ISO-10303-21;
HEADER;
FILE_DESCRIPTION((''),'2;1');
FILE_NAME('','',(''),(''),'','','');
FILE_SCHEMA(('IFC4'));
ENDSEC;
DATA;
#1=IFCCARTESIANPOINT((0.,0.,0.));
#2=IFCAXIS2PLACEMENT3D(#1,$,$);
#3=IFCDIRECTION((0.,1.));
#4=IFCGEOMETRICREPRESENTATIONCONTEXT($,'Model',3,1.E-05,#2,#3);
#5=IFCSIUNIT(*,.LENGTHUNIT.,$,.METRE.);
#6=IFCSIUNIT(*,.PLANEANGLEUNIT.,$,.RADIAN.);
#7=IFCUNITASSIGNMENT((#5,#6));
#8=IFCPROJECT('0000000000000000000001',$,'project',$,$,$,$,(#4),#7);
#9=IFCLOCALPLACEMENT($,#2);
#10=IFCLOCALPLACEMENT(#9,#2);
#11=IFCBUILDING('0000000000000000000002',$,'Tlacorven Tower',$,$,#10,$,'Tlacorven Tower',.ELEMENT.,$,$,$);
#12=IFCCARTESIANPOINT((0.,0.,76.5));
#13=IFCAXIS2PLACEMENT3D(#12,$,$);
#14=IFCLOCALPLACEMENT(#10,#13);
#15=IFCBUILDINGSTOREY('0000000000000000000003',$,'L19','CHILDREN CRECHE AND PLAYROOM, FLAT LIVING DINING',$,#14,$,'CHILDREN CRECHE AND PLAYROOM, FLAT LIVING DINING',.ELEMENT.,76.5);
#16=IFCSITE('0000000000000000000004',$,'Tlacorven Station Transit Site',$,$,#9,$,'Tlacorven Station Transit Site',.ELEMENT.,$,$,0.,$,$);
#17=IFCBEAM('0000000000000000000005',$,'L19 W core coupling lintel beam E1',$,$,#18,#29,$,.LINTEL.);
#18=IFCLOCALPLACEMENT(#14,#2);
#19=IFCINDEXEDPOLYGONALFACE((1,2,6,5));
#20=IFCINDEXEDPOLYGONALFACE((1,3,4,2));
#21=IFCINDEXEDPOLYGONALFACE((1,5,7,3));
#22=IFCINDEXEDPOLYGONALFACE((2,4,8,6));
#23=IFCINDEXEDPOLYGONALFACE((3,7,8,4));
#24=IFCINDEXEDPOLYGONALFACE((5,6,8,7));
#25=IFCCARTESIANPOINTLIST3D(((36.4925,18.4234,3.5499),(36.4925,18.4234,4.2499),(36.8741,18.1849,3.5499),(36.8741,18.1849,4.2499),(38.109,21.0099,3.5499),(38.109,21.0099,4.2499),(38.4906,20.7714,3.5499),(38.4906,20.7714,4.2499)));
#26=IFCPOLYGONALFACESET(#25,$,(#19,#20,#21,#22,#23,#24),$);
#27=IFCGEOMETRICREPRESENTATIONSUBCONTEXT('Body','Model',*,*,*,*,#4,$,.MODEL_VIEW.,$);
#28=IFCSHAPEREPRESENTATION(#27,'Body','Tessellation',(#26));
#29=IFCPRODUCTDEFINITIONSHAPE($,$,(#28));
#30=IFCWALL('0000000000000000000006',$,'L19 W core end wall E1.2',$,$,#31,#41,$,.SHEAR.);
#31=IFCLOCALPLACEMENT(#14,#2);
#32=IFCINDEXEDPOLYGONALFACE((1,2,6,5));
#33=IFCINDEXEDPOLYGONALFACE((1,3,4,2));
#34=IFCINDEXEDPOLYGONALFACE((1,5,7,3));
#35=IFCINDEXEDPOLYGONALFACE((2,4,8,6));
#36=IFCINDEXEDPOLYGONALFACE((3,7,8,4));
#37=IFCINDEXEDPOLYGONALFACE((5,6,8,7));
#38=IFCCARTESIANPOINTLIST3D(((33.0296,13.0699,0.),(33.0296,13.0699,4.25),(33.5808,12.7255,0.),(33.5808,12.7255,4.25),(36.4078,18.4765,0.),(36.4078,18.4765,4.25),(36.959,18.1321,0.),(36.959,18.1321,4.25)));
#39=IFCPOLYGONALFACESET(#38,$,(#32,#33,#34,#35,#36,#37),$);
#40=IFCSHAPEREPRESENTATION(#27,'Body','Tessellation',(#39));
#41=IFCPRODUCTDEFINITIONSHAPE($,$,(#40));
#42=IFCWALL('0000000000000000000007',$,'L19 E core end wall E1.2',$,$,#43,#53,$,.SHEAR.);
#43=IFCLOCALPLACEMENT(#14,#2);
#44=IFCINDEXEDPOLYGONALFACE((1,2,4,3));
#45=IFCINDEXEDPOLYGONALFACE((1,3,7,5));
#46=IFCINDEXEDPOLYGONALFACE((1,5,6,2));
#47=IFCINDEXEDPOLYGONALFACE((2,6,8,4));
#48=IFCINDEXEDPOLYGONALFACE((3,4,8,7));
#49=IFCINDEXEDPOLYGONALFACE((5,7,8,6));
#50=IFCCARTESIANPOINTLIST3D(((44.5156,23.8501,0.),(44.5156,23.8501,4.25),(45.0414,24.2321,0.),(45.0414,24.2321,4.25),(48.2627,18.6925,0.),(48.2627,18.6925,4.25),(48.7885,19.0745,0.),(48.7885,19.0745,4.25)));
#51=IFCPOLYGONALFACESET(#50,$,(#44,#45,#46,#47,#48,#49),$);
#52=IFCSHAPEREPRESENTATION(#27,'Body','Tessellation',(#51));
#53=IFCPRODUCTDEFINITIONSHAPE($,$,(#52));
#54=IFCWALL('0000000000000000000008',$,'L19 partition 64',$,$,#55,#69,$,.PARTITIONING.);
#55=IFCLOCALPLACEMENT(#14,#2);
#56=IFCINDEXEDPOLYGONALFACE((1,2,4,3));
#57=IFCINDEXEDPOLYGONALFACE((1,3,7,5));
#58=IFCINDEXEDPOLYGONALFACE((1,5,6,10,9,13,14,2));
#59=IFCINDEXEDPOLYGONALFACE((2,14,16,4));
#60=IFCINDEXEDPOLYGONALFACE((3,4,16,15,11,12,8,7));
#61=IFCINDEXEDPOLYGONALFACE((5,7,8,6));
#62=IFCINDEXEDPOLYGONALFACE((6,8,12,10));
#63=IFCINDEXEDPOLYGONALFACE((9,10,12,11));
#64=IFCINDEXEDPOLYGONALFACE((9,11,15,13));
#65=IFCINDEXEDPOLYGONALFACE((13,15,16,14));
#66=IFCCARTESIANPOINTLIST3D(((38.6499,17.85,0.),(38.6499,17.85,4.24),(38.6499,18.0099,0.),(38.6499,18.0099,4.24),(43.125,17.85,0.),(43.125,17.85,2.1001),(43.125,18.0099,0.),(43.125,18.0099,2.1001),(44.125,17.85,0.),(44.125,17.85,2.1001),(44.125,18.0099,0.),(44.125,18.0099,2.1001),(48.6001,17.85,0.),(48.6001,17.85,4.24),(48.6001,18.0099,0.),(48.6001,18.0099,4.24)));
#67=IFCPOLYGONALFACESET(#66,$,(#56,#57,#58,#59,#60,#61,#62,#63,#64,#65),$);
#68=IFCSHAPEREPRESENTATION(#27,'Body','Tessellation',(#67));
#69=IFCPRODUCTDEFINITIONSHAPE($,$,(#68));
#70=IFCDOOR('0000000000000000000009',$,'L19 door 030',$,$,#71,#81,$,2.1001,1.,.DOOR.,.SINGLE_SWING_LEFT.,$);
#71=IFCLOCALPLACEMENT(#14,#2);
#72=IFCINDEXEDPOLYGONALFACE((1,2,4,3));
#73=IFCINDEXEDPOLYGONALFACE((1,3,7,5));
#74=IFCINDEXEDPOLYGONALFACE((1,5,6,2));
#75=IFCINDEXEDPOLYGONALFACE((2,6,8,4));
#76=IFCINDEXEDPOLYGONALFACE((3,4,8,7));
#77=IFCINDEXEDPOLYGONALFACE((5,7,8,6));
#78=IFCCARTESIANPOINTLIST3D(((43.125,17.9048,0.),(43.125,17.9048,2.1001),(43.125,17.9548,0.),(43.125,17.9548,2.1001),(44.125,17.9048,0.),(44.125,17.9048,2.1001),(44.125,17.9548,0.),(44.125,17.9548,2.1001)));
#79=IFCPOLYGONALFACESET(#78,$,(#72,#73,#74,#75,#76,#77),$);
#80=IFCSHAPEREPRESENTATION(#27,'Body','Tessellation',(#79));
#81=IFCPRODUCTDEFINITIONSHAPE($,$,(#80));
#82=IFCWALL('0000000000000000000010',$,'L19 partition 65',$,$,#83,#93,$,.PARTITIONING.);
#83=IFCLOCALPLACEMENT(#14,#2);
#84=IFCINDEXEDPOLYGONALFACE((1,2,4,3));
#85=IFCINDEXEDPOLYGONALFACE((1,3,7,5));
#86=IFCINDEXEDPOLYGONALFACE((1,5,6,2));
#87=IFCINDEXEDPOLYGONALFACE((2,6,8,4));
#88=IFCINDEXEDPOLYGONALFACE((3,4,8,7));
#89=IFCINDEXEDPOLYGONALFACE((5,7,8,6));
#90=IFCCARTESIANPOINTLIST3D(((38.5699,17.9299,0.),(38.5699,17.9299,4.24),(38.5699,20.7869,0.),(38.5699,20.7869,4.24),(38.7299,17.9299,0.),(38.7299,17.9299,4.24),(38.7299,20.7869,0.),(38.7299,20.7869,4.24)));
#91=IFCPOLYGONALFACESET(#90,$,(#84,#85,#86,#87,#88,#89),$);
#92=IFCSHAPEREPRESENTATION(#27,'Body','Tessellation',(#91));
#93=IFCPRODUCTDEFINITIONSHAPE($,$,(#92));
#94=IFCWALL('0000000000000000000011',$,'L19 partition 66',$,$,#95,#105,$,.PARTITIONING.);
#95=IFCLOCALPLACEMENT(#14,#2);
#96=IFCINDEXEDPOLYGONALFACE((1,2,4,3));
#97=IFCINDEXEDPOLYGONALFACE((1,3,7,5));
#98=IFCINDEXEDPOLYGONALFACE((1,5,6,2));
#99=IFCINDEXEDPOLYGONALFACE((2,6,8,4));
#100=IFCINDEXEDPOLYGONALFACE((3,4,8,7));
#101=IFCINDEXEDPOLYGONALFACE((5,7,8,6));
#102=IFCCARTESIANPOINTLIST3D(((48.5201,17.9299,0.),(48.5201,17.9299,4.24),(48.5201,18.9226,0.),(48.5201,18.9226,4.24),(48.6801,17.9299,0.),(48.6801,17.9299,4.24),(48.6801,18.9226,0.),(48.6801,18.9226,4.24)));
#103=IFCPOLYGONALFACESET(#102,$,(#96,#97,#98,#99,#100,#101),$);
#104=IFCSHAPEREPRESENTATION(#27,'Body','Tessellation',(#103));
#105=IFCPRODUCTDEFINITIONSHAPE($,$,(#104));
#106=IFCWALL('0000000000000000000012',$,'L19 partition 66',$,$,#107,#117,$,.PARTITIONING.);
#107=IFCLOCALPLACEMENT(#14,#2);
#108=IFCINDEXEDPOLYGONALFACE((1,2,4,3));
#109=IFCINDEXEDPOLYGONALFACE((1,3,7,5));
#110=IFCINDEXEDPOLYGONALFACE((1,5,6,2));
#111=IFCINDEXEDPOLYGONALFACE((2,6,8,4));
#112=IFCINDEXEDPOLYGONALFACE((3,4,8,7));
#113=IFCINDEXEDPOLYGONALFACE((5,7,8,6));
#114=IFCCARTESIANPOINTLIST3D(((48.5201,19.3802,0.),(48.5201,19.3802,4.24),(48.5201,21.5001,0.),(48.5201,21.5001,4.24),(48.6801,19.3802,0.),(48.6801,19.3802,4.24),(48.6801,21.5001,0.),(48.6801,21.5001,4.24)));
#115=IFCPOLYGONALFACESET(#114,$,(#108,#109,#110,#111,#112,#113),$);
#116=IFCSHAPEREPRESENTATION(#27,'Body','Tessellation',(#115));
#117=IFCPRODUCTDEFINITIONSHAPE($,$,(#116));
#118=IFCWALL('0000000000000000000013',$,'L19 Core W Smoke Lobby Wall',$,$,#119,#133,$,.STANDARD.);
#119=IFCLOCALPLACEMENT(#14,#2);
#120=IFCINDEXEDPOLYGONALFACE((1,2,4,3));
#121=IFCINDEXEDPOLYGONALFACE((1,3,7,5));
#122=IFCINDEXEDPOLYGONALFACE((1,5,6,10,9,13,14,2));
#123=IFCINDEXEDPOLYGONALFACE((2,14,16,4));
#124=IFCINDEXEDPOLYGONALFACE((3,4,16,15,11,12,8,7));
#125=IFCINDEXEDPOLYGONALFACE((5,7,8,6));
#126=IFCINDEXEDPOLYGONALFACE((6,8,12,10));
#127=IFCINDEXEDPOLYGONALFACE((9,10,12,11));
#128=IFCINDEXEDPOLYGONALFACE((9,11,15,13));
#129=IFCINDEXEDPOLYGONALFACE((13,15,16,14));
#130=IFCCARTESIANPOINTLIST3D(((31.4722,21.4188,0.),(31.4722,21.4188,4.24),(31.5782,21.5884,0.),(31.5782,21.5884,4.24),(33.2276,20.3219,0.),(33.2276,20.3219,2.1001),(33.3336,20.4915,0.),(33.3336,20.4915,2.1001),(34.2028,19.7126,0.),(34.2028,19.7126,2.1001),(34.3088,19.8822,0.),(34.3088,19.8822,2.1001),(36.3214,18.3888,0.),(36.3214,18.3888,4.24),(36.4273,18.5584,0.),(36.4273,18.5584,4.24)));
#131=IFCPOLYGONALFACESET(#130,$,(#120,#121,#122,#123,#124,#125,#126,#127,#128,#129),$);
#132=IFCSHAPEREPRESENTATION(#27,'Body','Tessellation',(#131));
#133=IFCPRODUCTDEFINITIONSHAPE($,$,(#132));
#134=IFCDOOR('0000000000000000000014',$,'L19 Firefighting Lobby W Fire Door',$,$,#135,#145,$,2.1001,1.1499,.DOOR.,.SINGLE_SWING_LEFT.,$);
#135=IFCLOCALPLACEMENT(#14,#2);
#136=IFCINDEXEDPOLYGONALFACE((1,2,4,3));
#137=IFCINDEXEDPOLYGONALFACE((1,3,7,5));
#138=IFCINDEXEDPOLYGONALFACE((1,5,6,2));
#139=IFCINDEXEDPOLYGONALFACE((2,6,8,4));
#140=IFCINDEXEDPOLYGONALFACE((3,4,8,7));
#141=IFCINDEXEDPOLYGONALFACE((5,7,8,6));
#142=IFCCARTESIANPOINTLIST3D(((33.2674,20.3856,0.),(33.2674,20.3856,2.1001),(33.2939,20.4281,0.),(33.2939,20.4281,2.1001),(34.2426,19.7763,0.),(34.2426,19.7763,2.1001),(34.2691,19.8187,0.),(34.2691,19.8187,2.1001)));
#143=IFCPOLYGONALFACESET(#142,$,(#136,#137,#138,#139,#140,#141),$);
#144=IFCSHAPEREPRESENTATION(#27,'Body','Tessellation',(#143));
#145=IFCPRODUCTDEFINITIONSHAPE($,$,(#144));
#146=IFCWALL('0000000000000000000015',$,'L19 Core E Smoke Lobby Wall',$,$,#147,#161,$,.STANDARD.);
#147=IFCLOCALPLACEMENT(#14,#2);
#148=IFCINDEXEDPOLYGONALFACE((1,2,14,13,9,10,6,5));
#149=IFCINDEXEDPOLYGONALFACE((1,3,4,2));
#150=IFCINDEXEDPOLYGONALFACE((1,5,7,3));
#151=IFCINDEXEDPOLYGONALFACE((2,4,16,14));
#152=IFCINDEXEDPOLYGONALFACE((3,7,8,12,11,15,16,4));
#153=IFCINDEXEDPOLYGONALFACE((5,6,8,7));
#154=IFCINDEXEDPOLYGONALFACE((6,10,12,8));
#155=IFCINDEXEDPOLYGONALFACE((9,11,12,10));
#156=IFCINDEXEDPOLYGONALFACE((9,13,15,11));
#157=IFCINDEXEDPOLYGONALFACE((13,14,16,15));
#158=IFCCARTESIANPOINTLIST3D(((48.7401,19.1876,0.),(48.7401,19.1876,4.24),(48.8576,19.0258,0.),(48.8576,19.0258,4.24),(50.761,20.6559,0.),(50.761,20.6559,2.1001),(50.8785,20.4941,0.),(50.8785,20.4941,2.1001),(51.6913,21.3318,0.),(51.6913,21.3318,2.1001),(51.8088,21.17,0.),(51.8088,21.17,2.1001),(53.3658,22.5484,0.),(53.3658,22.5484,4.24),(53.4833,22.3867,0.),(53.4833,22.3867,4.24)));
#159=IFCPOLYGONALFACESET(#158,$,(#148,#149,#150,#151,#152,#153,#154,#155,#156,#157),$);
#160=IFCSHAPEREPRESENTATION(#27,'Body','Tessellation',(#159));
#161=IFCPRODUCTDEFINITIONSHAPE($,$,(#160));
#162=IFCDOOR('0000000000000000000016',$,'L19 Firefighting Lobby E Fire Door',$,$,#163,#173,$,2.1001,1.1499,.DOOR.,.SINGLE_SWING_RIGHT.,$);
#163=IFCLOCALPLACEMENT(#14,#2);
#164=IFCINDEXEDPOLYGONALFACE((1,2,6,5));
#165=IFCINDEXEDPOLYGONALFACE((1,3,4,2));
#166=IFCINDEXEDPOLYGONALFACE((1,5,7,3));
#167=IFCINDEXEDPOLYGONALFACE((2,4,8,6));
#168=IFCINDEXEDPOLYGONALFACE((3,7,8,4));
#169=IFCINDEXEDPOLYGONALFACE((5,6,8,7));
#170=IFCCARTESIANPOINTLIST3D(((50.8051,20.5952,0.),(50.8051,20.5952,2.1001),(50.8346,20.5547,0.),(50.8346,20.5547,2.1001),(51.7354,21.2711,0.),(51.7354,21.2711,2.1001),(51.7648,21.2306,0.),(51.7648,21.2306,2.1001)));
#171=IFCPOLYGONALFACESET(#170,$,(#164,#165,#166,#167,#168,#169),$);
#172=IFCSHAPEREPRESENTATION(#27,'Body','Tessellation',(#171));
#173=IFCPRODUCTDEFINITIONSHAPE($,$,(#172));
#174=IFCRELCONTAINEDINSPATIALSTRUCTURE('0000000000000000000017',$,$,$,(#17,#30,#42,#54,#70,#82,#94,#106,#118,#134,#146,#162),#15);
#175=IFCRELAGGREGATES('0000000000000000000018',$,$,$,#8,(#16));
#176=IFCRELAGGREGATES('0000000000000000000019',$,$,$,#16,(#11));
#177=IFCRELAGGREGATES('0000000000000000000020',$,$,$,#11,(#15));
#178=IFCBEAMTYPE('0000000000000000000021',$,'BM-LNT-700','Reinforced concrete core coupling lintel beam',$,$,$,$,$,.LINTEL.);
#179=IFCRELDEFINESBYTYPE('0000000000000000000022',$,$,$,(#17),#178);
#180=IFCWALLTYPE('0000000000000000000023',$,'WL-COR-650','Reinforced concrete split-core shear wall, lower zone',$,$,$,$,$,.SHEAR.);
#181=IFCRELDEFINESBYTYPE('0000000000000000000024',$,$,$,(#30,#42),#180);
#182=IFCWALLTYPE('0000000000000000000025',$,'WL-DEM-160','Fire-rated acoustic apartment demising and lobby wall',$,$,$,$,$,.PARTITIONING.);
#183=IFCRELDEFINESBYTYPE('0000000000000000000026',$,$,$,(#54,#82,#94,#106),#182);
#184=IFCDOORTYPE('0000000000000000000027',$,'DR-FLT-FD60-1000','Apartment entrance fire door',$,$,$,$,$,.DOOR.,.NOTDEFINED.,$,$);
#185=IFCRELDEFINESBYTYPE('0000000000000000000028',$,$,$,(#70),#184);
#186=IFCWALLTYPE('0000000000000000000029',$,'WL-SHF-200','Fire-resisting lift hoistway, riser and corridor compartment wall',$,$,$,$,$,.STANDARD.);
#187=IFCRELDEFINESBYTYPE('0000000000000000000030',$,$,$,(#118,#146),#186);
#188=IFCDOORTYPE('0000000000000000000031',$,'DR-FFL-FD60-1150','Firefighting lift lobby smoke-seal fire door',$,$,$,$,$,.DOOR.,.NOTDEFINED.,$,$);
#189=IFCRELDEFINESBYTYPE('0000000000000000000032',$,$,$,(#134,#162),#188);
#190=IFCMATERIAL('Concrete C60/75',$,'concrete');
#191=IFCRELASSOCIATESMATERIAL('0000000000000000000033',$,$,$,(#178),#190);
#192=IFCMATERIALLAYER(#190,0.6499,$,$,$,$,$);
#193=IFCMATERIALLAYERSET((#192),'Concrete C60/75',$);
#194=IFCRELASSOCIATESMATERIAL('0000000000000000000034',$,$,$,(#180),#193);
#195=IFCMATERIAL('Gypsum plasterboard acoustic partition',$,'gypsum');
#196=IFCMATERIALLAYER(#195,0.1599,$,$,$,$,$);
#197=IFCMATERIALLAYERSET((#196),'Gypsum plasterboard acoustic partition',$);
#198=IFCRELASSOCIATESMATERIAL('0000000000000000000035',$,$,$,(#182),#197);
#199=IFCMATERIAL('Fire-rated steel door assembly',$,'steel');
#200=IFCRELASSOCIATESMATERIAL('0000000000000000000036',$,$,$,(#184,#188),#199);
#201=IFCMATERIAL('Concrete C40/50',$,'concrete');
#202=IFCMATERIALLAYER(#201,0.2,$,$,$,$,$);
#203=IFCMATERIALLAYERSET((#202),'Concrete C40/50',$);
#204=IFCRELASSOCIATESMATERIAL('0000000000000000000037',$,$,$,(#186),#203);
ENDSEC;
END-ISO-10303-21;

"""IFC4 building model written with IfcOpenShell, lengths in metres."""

from ifc_helpers import new_model, si_unit, direction, frame, frame_2d, origin, origin_2d, place, context, subcontext, project, spatial, rectangle, extrude, source, transform, mapped, material, layer, layer_set, material_profile, profile_set, type_object, element, fill, save


model = new_model("IFC4")

# Units and contexts
model_context = context("Model", 3, precision=1e-05, world=origin(), true_north=direction((0.0, 1.0)))
body_context = subcontext(model_context, "Body", "Model", "MODEL_VIEW")
ifc_project = project(units=[si_unit("LENGTHUNIT", "METRE"), si_unit("PLANEANGLEUNIT", "RADIAN")], contexts=[model_context])

# Site, building, storey
site_placement = place(None, origin())
site = spatial("IfcSite", under=ifc_project, at=site_placement, Name="Tlacorven Station Transit Site", LongName="Tlacorven Station Transit Site", CompositionType="ELEMENT", RefElevation=0.0)
building_placement = place(site_placement, origin())
building = spatial("IfcBuilding", under=site, at=building_placement, Name="Tlacorven Tower", LongName="Tlacorven Tower", CompositionType="ELEMENT")
storey_placement = place(building_placement, frame((0.0, 0.0, 76.5)))
storey = spatial("IfcBuildingStorey", under=building, at=storey_placement, Name="L19", Description="CHILDREN CRECHE AND PLAYROOM, FLAT LIVING DINING", LongName="CHILDREN CRECHE AND PLAYROOM, FLAT LIVING DINING", CompositionType="ELEMENT", Elevation=76.5)

# Beam
ifc_material_1 = material(Name="Concrete C60/75", Category="concrete")
ifc_material_profile = material_profile(ifc_material_1, rectangle(XDim=0.45, YDim=0.7, at=origin_2d()), Name="RC 450X700")
ifc_profile_set = profile_set([ifc_material_profile], Name="Concrete C60/75")
beam_type = type_object("IfcBeamType", Name="BM-LNT-700", Description="Reinforced concrete core coupling lintel beam", PredefinedType="LINTEL", material=ifc_profile_set)
shared_shape_1 = source(origin(), body_context, "Body", "SweptSolid", [
    extrude(rectangle(XDim=0.45, YDim=0.7, at=origin_2d()), origin(), (0.0, 0.0, 1.0), 3.05),
])
beam_placement = place(storey_placement, frame((38.2998, 20.8906, 3.8999), z_axis=(-0.529985, -0.848007, 0.0), x_axis=(0.848007, -0.529985, 0.0)))
element("IfcBeam", 1, at=beam_placement, inside=storey, type_object=beam_type, Name="L19 W core coupling lintel beam E1", PredefinedType="LINTEL", context=body_context, shape_type="MappedRepresentation", body=[
    mapped(shared_shape_1, transform((0.0, 0.0, 0.0), scale=1.0)),
])

# Walls
ifc_layer_1 = layer(ifc_material_1, 0.6499)
ifc_layer_set_1 = layer_set([ifc_layer_1], Name="Concrete C60/75")
wall_type_1 = type_object("IfcWallType", Name="WL-COR-650", Description="Reinforced concrete split-core shear wall, lower zone", PredefinedType="SHEAR", material=ifc_layer_set_1)
wall_1_placement = place(storey_placement, frame((36.6833, 18.3042, 0.0), z_axis=(0.0, 0.0, 1.0), x_axis=(-0.529899, -0.848061, 0.0)))
element("IfcWall", 2, at=wall_1_placement, inside=storey, type_object=wall_type_1, Name="L19 W core end wall E1.2", PredefinedType="SHEAR", context=body_context, shape_type="SweptSolid", body=[
    extrude(rectangle(XDim=6.3752, YDim=0.6499, at=frame_2d((3.1875, 0.0))), origin(), (0.0, 0.0, 1.0), 4.25),
])
wall_2_placement = place(storey_placement, frame((48.5256, 18.8835, 0.0), z_axis=(0.0, 0.0, 1.0), x_axis=(-0.58778, 0.809021, 0.0)))
element("IfcWall", 3, at=wall_2_placement, inside=storey, type_object=wall_type_1, Name="L19 E core end wall E1.2", PredefinedType="SHEAR", context=body_context, shape_type="SweptSolid", body=[
    extrude(rectangle(XDim=6.375, YDim=0.6499, at=frame_2d((3.1875, 0.0))), origin(), (0.0, 0.0, 1.0), 4.25),
])

# Wall, opening, door
ifc_material_2 = material(Name="Gypsum plasterboard acoustic partition", Category="gypsum")
ifc_layer_2 = layer(ifc_material_2, 0.1599)
ifc_layer_set_2 = layer_set([ifc_layer_2], Name="Gypsum plasterboard acoustic partition")
wall_type_2 = type_object("IfcWallType", Name="WL-DEM-160", Description="Fire-rated acoustic apartment demising and lobby wall", PredefinedType="PARTITIONING", material=ifc_layer_set_2)
wall_3_placement = place(storey_placement, frame((38.6499, 17.9299, 0.0), z_axis=(0.0, 0.0, 1.0), x_axis=(1.0, 0.0, 0.0)))
wall_3 = element("IfcWall", 4, at=wall_3_placement, inside=storey, type_object=wall_type_2, Name="L19 partition 64", PredefinedType="PARTITIONING", context=body_context, shape_type="SweptSolid", body=[
    extrude(rectangle(XDim=9.9502, YDim=0.1599, at=frame_2d((4.9751, 0.0))), origin(), (0.0, 0.0, 1.0), 4.24),
])
opening_1_placement = place(wall_3_placement, frame((4.4751, 0.0, 0.0)))
opening_1 = element("IfcOpeningElement", 5, at=opening_1_placement, cuts=wall_3, PredefinedType="OPENING", context=body_context, shape_type="SweptSolid", body=[
    extrude(rectangle(XDim=1.0, YDim=2.1001, at=frame_2d((0.5, 1.05))), frame((0.0, 0.0898, 0.0), z_axis=(0.0, -1.0, 0.0), x_axis=(1.0, 0.0, 0.0)), (0.0, 0.0, 1.0), 0.1799),
])
ifc_material_3 = material(Name="Fire-rated steel door assembly", Category="steel")
door_type_1 = type_object("IfcDoorType", Name="DR-FLT-FD60-1000", Description="Apartment entrance fire door", OperationType="NOTDEFINED", PredefinedType="DOOR", material=ifc_material_3)
shared_shape_2 = source(origin(), body_context, "Body", "SweptSolid", [
    extrude(rectangle(XDim=1.0, YDim=2.1001, at=frame_2d((0.5, 1.05))), frame((0.0, 0.0249, 0.0), z_axis=(0.0, -1.0, 0.0), x_axis=(1.0, 0.0, 0.0)), (0.0, 0.0, 1.0), 0.05),
])
door_1_placement = place(opening_1_placement, origin())
door_1 = element("IfcDoor", 6, at=door_1_placement, inside=storey, type_object=door_type_1, Name="L19 door 030", OperationType="SINGLE_SWING_LEFT", OverallHeight=2.1001, OverallWidth=1.0, PredefinedType="DOOR", context=body_context, shape_type="MappedRepresentation", body=[
    mapped(shared_shape_2, transform((0.0, 0.0, 0.0), scale=1.0)),
])
fill(opening_1, door_1)

# Walls
wall_4_placement = place(storey_placement, frame((38.6499, 17.9299, 0.0), z_axis=(0.0, 0.0, 1.0), x_axis=(0.0, 1.0, 0.0)))
element("IfcWall", 7, at=wall_4_placement, inside=storey, type_object=wall_type_2, Name="L19 partition 65", PredefinedType="PARTITIONING", context=body_context, shape_type="SweptSolid", body=[
    extrude(rectangle(XDim=2.8569, YDim=0.1599, at=frame_2d((1.4285, 0.0))), origin(), (0.0, 0.0, 1.0), 4.24),
])
wall_5_placement = place(storey_placement, frame((48.6001, 17.9299, 0.0), z_axis=(0.0, 0.0, 1.0), x_axis=(0.0, 1.0, 0.0)))
element("IfcWall", 8, at=wall_5_placement, inside=storey, type_object=wall_type_2, Name="L19 partition 66", PredefinedType="PARTITIONING", context=body_context, shape_type="SweptSolid", body=[
    extrude(rectangle(XDim=0.9927, YDim=0.1599, at=frame_2d((0.4963, 0.0))), origin(), (0.0, 0.0, 1.0), 4.24),
])
wall_6_placement = place(storey_placement, frame((48.6001, 19.3801, 0.0), z_axis=(0.0, 0.0, 1.0), x_axis=(0.0, 1.0, 0.0)))
element("IfcWall", 9, at=wall_6_placement, inside=storey, type_object=wall_type_2, Name="L19 partition 66", PredefinedType="PARTITIONING", context=body_context, shape_type="SweptSolid", body=[
    extrude(rectangle(XDim=2.1199, YDim=0.1599, at=frame_2d((1.0601, 0.0))), origin(), (0.0, 0.0, 1.0), 4.24),
])

# Walls, openings, doors
ifc_material_4 = material(Name="Concrete C40/50", Category="concrete")
ifc_layer_3 = layer(ifc_material_4, 0.2)
ifc_layer_set_3 = layer_set([ifc_layer_3], Name="Concrete C40/50")
wall_type_3 = type_object("IfcWallType", Name="WL-SHF-200", Description="Fire-resisting lift hoistway, riser and corridor compartment wall", PredefinedType="STANDARD", material=ifc_layer_set_3)
wall_7_placement = place(storey_placement, frame((36.3743, 18.4736, 0.0), z_axis=(0.0, 0.0, 1.0), x_axis=(-0.848051, 0.529915, 0.0)))
wall_7 = element("IfcWall", 10, at=wall_7_placement, inside=storey, type_object=wall_type_3, Name="L19 Core W Smoke Lobby Wall", PredefinedType="STANDARD", context=body_context, shape_type="SweptSolid", body=[
    extrude(rectangle(XDim=5.718, YDim=0.2, at=frame_2d((2.8589, 0.0))), origin(), (0.0, 0.0, 1.0), 4.24),
])
opening_2_placement = place(wall_7_placement, frame((2.498, 0.0, 0.0)))
opening_2 = element("IfcOpeningElement", 11, at=opening_2_placement, cuts=wall_7, PredefinedType="OPENING", context=body_context, shape_type="SweptSolid", body=[
    extrude(rectangle(XDim=1.1499, YDim=2.1001, at=frame_2d((0.575, 1.05))), frame((0.0, 0.1099, 0.0), z_axis=(0.0, -1.0, 0.0), x_axis=(1.0, 0.0, 0.0)), (0.0, 0.0, 1.0), 0.22),
])
door_type_2 = type_object("IfcDoorType", Name="DR-FFL-FD60-1150", Description="Firefighting lift lobby smoke-seal fire door", OperationType="NOTDEFINED", PredefinedType="DOOR", material=ifc_material_3)
shared_shape_3 = source(origin(), body_context, "Body", "SweptSolid", [
    extrude(rectangle(XDim=1.1499, YDim=2.1001, at=frame_2d((0.575, 1.05))), frame((0.0, 0.0249, 0.0), z_axis=(0.0, -1.0, 0.0), x_axis=(1.0, 0.0, 0.0)), (0.0, 0.0, 1.0), 0.05),
])
door_2_placement = place(opening_2_placement, origin())
door_2 = element("IfcDoor", 12, at=door_2_placement, inside=storey, type_object=door_type_2, Name="L19 Firefighting Lobby W Fire Door", OperationType="SINGLE_SWING_LEFT", OverallHeight=2.1001, OverallWidth=1.1499, PredefinedType="DOOR", context=body_context, shape_type="MappedRepresentation", body=[
    mapped(shared_shape_3, transform((0.0, 0.0, 0.0), scale=1.0)),
])
fill(opening_2, door_2)
wall_8_placement = place(storey_placement, frame((48.7988, 19.1067, 0.0), z_axis=(0.0, 0.0, 1.0), x_axis=(0.809013, 0.587791, 0.0)))
wall_8 = element("IfcWall", 13, at=wall_8_placement, inside=storey, type_object=wall_type_3, Name="L19 Core E Smoke Lobby Wall", PredefinedType="STANDARD", context=body_context, shape_type="SweptSolid", body=[
    extrude(rectangle(XDim=5.7178, YDim=0.2, at=frame_2d((2.8589, 0.0))), origin(), (0.0, 0.0, 1.0), 4.24),
])
opening_3_placement = place(wall_8_placement, frame((2.498, 0.0, 0.0)))
opening_3 = element("IfcOpeningElement", 14, at=opening_3_placement, cuts=wall_8, PredefinedType="OPENING", context=body_context, shape_type="SweptSolid", body=[
    extrude(rectangle(XDim=1.1499, YDim=2.1001, at=frame_2d((0.575, 1.05))), frame((0.0, 0.1099, 0.0), z_axis=(0.0, -1.0, 0.0), x_axis=(1.0, 0.0, 0.0)), (0.0, 0.0, 1.0), 0.22),
])
door_3_placement = place(opening_3_placement, origin())
door_3 = element("IfcDoor", 15, at=door_3_placement, inside=storey, type_object=door_type_2, Name="L19 Firefighting Lobby E Fire Door", OperationType="SINGLE_SWING_RIGHT", OverallHeight=2.1001, OverallWidth=1.1499, PredefinedType="DOOR", context=body_context, shape_type="MappedRepresentation", body=[
    mapped(shared_shape_3, transform((0.0, 0.0, 0.0), scale=1.0)),
])
fill(opening_3, door_3)

save(model, "model.ifc")
